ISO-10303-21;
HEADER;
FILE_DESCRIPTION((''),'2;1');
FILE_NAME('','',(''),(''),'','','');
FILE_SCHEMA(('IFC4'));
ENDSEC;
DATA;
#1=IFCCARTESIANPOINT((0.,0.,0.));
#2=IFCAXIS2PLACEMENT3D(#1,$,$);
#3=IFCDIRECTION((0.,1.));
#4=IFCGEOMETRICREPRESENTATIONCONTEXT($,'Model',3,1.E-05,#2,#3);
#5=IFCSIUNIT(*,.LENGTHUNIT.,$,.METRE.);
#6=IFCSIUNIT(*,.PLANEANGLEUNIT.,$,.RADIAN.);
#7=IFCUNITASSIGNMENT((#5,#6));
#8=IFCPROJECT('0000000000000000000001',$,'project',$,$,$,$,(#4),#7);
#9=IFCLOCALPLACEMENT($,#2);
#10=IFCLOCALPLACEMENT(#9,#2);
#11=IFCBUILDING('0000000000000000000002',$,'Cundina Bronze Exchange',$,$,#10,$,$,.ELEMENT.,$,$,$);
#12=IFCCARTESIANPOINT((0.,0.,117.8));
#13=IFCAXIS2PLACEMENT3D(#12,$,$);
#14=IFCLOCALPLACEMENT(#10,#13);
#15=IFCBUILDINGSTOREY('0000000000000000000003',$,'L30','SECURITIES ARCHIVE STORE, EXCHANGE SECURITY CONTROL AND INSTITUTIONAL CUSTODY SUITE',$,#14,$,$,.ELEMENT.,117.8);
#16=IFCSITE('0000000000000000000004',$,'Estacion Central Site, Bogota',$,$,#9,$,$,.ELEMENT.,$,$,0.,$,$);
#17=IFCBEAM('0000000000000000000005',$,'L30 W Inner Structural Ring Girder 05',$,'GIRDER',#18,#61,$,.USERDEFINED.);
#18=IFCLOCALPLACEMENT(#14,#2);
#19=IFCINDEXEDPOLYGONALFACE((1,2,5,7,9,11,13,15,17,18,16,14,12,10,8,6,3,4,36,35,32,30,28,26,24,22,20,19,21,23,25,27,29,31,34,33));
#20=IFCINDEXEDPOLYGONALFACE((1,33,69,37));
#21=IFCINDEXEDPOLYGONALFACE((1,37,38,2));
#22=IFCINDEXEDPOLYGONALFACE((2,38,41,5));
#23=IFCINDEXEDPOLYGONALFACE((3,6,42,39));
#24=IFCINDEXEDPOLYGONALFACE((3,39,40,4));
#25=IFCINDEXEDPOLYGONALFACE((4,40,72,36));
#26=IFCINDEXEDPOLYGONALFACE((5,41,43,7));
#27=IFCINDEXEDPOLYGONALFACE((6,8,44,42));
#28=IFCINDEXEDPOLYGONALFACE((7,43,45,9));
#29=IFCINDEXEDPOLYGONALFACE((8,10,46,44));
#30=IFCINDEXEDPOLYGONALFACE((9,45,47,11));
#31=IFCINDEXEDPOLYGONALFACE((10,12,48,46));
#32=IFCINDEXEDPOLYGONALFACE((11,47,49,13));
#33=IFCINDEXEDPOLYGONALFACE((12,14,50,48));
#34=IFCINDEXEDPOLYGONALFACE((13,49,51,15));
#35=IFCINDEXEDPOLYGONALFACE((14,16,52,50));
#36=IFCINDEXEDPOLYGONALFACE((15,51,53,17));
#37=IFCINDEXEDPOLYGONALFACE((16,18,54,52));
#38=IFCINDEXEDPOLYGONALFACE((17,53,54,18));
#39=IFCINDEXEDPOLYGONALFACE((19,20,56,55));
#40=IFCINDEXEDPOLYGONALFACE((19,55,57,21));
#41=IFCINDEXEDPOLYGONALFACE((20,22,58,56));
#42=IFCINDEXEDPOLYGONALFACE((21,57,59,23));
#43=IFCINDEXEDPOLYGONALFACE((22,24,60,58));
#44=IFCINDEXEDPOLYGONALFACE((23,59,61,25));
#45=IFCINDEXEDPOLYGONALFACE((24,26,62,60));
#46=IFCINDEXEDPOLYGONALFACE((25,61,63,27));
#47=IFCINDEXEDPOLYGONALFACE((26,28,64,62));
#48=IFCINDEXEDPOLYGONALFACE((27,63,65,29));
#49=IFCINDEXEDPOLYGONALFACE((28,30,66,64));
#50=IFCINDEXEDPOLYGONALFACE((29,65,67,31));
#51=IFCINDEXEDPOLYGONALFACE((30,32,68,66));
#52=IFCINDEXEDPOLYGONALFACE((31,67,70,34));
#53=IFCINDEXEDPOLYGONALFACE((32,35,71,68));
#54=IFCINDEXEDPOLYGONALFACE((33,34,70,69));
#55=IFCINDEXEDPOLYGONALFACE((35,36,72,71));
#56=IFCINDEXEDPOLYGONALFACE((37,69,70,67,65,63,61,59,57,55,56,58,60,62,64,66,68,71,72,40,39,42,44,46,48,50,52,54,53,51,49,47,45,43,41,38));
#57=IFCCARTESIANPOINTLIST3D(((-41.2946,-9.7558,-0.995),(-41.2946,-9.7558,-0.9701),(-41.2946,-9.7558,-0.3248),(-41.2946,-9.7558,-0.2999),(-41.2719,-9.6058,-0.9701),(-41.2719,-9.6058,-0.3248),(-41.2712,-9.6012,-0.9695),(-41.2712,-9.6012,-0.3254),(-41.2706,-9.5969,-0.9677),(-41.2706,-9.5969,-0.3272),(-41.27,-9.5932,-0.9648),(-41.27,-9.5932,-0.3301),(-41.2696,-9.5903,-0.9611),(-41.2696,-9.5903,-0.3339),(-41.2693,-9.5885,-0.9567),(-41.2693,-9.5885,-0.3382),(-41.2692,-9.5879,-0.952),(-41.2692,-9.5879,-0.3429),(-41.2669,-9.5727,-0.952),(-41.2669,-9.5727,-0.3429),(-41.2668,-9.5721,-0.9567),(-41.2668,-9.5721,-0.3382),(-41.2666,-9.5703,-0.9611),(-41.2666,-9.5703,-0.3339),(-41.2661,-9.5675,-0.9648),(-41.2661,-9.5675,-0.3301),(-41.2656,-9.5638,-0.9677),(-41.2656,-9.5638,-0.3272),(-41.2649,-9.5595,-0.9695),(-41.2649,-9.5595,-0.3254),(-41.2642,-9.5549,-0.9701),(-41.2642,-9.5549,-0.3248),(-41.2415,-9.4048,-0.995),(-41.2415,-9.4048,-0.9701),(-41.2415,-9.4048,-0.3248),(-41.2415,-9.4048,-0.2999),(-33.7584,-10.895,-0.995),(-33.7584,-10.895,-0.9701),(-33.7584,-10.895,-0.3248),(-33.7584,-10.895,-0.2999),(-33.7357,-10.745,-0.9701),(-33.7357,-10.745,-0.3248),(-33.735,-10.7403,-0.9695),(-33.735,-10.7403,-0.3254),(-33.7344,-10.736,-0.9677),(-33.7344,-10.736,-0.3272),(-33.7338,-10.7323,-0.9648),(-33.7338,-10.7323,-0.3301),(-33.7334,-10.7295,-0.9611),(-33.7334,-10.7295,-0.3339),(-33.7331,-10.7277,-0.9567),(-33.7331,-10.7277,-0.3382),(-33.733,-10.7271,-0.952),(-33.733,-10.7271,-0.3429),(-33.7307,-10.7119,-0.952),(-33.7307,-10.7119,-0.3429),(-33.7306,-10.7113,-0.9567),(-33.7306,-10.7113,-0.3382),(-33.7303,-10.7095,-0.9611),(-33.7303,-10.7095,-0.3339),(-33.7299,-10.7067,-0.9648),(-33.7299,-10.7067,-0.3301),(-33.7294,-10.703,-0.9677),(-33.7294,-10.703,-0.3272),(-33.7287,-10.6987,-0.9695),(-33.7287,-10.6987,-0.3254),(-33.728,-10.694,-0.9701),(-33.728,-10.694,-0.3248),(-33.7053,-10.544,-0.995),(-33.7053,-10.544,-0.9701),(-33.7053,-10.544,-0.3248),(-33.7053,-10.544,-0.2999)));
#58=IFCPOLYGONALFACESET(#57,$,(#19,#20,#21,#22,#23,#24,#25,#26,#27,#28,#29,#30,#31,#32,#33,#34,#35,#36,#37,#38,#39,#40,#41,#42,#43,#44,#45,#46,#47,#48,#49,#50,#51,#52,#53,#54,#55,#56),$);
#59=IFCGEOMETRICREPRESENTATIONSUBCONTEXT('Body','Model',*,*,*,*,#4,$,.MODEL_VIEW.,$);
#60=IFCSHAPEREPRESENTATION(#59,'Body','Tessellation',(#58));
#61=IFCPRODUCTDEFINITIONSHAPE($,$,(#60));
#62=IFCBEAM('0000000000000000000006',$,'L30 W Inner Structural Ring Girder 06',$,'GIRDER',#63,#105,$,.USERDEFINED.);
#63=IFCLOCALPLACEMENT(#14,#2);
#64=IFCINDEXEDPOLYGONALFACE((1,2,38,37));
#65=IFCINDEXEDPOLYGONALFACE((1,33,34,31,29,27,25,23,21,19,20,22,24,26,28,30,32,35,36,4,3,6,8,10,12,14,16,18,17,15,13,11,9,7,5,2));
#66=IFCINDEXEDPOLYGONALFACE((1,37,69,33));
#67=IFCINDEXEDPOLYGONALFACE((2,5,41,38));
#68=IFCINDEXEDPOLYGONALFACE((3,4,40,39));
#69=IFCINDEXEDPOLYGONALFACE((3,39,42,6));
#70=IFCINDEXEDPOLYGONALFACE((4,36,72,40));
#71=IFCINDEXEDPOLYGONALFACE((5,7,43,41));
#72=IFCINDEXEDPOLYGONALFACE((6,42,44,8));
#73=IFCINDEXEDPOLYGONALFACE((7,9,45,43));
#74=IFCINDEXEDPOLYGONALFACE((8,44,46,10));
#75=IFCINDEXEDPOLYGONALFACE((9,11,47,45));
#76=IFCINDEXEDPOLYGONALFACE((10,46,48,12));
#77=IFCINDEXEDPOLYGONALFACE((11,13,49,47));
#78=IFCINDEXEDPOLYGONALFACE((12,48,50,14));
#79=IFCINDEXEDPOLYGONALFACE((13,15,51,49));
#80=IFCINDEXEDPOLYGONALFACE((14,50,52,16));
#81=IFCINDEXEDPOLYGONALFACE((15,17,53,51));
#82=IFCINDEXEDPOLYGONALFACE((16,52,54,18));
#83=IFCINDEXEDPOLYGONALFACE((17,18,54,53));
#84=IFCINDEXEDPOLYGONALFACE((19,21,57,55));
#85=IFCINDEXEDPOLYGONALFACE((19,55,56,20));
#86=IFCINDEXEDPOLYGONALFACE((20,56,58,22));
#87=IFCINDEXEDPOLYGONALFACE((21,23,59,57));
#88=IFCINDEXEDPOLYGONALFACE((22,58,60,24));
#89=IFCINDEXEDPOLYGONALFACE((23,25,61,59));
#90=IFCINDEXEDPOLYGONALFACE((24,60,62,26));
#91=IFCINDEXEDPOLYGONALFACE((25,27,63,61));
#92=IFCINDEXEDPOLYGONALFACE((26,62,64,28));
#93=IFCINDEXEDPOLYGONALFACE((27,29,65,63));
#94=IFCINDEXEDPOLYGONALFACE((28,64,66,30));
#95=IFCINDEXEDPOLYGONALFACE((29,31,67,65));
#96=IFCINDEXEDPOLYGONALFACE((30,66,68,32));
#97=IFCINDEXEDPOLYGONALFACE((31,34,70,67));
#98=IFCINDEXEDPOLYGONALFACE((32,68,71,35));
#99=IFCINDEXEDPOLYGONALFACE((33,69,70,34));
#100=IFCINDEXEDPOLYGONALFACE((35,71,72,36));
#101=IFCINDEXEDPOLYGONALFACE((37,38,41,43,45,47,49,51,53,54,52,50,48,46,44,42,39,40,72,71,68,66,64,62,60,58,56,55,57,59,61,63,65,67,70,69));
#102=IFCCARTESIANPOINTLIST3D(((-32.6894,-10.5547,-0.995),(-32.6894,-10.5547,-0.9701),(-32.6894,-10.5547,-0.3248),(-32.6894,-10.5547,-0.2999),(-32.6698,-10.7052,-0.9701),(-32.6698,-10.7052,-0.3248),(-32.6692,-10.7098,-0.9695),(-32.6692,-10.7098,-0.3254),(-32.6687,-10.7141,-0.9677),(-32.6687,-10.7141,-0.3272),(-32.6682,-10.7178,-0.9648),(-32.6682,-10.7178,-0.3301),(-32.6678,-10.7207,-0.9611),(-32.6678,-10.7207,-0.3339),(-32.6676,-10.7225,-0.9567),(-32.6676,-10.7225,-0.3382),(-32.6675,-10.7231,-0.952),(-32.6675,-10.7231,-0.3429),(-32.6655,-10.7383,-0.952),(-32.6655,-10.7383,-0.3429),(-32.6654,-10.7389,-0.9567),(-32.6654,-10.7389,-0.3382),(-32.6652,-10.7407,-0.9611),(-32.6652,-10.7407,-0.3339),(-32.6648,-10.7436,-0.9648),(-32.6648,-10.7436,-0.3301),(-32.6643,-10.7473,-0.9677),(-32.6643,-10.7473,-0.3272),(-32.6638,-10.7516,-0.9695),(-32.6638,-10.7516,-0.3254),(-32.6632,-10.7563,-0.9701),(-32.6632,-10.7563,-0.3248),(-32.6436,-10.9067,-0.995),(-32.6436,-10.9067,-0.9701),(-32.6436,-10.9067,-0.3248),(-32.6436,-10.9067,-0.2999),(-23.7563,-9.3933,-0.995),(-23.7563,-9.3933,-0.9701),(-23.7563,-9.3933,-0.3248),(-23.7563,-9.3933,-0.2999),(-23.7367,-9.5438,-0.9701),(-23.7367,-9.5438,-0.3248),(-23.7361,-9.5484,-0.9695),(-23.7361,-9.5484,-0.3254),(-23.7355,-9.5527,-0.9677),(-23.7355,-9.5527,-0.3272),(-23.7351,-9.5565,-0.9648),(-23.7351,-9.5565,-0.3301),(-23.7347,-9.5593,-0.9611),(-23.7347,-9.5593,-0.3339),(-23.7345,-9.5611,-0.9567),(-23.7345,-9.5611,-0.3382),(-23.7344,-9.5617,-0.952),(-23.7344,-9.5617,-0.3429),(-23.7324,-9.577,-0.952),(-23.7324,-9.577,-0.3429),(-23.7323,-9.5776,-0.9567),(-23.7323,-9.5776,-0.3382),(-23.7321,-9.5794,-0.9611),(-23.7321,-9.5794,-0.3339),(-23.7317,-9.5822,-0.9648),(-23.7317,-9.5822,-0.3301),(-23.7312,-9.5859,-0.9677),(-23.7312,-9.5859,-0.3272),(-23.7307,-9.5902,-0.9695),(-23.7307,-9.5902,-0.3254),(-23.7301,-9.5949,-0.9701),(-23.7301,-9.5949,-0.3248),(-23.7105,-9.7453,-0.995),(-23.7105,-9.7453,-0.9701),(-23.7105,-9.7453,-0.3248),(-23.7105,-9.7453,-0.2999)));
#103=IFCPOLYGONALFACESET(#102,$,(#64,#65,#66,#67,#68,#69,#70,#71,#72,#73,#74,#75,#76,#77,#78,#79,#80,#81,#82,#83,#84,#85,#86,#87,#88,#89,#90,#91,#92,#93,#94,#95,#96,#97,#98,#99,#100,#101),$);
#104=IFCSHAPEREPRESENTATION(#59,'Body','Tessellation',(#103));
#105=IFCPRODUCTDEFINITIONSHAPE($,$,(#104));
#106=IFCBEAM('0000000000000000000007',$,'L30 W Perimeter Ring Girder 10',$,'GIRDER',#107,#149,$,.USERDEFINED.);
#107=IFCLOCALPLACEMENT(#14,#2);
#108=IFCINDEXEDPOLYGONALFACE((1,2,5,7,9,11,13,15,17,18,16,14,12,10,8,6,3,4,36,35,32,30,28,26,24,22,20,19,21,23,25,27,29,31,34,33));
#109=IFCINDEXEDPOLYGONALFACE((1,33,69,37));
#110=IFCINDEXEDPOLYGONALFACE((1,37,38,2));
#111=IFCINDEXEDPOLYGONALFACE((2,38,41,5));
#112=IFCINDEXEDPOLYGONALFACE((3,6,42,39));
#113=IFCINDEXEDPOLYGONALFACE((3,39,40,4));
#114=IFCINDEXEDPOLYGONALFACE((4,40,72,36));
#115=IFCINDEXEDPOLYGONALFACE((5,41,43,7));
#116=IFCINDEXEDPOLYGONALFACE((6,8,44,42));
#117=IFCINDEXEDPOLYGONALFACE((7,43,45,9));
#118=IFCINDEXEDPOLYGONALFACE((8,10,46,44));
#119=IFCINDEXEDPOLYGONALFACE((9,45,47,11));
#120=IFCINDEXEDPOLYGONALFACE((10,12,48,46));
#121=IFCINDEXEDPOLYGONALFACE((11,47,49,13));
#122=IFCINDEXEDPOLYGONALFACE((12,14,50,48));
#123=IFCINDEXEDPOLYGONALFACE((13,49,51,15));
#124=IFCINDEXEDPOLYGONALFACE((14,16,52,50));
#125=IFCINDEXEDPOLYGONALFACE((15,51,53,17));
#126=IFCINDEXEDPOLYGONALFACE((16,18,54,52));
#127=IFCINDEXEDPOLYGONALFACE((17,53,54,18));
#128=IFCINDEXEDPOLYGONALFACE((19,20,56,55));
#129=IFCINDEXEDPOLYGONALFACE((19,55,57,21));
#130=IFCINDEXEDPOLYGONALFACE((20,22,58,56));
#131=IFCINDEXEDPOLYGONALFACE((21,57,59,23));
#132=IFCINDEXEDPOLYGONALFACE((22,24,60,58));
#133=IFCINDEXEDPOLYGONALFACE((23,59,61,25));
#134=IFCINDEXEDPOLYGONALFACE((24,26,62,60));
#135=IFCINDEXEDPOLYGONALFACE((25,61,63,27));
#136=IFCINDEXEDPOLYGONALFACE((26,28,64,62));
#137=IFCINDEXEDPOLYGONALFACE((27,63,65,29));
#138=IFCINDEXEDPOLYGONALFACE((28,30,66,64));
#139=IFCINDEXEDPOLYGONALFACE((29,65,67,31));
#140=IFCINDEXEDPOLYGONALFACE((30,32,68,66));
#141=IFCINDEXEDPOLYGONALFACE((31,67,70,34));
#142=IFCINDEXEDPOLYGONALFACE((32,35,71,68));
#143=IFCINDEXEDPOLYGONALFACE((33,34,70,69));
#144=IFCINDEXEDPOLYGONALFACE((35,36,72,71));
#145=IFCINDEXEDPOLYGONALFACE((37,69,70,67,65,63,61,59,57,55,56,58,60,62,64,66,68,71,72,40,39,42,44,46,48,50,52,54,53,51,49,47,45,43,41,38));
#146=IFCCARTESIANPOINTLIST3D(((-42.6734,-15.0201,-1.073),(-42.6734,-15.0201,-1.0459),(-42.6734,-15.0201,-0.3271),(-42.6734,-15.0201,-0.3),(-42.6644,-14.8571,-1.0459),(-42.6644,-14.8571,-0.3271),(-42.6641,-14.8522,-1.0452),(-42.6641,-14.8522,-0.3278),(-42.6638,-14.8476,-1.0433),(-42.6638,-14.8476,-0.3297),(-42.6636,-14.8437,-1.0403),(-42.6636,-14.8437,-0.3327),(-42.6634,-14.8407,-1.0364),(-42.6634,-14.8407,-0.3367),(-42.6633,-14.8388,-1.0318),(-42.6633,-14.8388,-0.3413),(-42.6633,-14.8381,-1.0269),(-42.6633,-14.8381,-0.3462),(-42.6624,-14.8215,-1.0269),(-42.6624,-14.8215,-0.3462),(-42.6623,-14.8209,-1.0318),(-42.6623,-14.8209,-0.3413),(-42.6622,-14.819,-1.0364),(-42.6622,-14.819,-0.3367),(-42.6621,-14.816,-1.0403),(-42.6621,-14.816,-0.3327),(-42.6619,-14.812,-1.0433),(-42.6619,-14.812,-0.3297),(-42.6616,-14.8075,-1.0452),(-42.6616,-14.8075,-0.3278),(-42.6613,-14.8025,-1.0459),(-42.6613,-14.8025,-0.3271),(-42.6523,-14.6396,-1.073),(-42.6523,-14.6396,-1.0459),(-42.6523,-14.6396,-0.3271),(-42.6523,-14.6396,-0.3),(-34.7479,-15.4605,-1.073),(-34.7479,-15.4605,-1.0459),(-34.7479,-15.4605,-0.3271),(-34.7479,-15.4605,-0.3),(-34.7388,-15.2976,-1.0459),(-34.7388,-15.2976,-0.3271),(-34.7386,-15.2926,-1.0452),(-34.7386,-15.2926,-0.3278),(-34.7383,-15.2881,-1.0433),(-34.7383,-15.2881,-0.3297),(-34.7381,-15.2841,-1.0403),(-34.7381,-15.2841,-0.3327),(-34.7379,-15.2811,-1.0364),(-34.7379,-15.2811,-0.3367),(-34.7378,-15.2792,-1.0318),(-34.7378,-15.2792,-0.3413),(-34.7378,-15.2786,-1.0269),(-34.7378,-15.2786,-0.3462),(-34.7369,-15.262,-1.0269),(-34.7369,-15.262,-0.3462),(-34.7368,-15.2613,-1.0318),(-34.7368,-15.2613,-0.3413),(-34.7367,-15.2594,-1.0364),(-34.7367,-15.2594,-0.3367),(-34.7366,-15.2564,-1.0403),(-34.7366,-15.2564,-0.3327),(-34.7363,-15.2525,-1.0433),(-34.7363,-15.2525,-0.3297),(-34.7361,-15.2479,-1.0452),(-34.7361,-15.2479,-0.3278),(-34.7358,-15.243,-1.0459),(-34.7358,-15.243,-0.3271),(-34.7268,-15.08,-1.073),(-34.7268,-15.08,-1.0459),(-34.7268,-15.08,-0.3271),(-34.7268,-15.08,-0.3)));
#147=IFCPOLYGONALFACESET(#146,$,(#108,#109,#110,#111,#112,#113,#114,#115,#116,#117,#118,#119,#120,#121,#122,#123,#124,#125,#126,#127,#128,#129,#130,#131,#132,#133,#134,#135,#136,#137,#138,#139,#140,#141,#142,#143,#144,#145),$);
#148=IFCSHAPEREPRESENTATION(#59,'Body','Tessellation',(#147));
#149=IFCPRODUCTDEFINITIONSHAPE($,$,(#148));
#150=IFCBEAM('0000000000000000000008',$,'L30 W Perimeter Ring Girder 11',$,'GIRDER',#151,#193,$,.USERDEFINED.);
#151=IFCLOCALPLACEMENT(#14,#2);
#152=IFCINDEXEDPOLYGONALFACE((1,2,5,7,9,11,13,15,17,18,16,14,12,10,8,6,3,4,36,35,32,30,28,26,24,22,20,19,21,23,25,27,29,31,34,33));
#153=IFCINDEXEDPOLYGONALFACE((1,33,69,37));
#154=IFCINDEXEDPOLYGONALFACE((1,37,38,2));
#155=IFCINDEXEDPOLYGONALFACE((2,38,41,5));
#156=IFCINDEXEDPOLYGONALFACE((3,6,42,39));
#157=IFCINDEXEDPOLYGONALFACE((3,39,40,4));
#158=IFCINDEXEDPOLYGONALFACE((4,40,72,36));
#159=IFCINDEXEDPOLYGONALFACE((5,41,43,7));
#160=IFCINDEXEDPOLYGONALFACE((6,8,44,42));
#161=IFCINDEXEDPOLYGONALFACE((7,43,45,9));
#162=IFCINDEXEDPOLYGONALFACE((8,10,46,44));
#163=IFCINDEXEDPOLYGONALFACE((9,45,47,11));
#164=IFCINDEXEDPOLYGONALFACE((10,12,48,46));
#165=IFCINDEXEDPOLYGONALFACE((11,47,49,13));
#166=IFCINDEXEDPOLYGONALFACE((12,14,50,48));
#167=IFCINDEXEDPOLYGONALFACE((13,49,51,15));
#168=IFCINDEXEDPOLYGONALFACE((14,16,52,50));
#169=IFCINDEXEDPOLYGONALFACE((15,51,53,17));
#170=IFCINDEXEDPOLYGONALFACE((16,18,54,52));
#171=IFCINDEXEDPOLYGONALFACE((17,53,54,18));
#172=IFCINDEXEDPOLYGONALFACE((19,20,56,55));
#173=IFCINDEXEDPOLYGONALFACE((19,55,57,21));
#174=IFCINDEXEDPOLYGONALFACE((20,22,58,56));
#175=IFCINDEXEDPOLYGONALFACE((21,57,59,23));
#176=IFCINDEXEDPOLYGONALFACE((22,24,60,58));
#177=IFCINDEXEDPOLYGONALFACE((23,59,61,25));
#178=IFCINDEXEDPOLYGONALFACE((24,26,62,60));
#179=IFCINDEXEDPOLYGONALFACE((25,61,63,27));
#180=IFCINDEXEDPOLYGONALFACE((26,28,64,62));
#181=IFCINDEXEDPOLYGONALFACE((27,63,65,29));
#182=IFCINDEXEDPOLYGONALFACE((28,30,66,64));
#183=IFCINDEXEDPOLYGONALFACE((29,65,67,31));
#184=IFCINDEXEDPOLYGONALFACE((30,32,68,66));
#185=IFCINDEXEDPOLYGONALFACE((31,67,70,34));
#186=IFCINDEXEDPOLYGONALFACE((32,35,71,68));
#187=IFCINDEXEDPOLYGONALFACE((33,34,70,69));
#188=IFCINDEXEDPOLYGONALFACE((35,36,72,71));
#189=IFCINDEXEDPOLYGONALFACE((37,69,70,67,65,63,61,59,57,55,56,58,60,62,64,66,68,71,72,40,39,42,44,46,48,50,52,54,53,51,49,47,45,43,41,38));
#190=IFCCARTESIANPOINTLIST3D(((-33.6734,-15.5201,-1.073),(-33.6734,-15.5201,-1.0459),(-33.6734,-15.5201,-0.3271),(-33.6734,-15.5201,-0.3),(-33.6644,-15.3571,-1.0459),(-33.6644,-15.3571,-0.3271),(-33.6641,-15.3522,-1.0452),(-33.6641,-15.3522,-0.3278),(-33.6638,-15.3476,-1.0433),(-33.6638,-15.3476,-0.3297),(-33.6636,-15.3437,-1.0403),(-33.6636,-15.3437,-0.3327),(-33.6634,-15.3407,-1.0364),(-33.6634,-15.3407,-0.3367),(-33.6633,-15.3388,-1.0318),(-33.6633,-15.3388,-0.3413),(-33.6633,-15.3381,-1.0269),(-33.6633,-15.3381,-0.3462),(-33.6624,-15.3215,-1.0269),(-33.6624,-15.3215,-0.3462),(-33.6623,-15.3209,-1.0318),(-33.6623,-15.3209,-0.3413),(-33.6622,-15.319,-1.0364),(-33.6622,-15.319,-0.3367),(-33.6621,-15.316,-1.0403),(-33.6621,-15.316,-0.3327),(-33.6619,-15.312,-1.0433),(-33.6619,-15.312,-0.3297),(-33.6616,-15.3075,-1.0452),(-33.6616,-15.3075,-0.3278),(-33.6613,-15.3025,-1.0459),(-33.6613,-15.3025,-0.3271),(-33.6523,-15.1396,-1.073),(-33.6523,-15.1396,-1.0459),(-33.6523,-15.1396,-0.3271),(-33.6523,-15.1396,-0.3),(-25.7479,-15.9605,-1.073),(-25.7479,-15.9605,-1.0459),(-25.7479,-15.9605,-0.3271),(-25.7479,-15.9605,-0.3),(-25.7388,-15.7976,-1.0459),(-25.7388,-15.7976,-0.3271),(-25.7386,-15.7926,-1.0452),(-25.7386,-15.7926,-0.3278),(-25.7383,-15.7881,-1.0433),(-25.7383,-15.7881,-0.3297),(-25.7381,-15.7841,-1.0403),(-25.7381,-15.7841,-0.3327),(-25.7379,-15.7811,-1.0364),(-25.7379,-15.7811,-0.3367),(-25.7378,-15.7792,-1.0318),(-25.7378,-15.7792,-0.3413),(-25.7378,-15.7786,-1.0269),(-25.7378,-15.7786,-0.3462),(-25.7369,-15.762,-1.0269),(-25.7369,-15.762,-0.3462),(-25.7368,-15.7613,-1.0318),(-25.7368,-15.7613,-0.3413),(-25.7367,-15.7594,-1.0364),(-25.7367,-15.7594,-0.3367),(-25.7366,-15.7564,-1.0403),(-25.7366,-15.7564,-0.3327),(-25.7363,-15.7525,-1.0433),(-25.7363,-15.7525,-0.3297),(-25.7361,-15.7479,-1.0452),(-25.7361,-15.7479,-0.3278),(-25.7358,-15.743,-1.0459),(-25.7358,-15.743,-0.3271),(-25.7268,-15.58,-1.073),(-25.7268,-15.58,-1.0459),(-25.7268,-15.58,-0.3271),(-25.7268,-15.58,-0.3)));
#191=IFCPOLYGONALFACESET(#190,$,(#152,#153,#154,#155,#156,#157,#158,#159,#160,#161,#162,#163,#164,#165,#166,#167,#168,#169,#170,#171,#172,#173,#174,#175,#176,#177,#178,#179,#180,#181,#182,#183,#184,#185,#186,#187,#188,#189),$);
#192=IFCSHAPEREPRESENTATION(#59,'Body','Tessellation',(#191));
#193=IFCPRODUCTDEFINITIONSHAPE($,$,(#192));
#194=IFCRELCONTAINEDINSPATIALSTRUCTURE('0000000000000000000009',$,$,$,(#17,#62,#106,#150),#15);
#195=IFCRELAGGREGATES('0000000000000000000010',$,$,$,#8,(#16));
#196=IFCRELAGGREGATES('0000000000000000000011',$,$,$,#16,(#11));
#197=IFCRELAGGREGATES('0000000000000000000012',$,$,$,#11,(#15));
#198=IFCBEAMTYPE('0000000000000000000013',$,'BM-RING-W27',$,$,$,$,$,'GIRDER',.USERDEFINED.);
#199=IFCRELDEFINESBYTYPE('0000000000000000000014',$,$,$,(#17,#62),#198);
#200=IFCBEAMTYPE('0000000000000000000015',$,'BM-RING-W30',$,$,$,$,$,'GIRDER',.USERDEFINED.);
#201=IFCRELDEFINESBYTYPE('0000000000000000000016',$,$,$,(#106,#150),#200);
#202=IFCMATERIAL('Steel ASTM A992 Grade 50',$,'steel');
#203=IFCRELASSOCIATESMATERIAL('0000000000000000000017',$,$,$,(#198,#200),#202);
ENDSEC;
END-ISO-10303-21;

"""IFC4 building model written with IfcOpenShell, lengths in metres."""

from ifc_helpers import new_model, si_unit, direction, frame, origin, origin_2d, place, context, subcontext, project, spatial, i_section, extrude, material, material_profile, profile_set, type_object, element, save


model = new_model("IFC4")

# Units and contexts
model_context = context("Model", 3, precision=1e-05, world=origin(), true_north=direction((0.0, 1.0)))
body_context = subcontext(model_context, "Body", "Model", "MODEL_VIEW")
ifc_project = project(units=[si_unit("LENGTHUNIT", "METRE"), si_unit("PLANEANGLEUNIT", "RADIAN")], contexts=[model_context])

# Site, building, storey
site_placement = place(None, origin())
site = spatial("IfcSite", under=ifc_project, at=site_placement, Name="Estacion Central Site, Bogota", CompositionType="ELEMENT", RefElevation=0.0)
building_placement = place(site_placement, origin())
building = spatial("IfcBuilding", under=site, at=building_placement, Name="Cundina Bronze Exchange", CompositionType="ELEMENT")
storey_placement = place(building_placement, frame((0.0, 0.0, 117.8)))
storey = spatial("IfcBuildingStorey", under=building, at=storey_placement, Name="L30", Description="SECURITIES ARCHIVE STORE, EXCHANGE SECURITY CONTROL AND INSTITUTIONAL CUSTODY SUITE", CompositionType="ELEMENT", Elevation=117.8)

# Beams
ifc_material_1 = material(Name="Steel ASTM A992 Grade 50", Category="steel")
ifc_material_profile_1 = material_profile(ifc_material_1, i_section(OverallWidth=0.355, OverallDepth=0.6951, WebThickness=0.0154, FlangeThickness=0.0249, FilletRadius=0.0181, at=origin_2d()), Name="W27X146", Category="steel")
ifc_profile_set_1 = profile_set([ifc_material_profile_1], Name="Steel ASTM A992 Grade 50")
beam_type_1 = type_object("IfcBeamType", Name="BM-RING-W27", ElementType="GIRDER", PredefinedType="USERDEFINED", material=ifc_profile_set_1)
beam_1_placement = place(storey_placement, frame((-41.2681, -9.5803, -0.6475), z_axis=(0.988767, -0.149462, 0.0), x_axis=(0.149462, 0.988767, 0.0)))
element("IfcBeam", 1, at=beam_1_placement, inside=storey, type_object=beam_type_1, Name="L30 W Inner Structural Ring Girder 05", ObjectType="GIRDER", PredefinedType="USERDEFINED", context=body_context, shape_type="SweptSolid", body=[
    extrude(i_section(OverallWidth=0.355, OverallDepth=0.6951, WebThickness=0.0154, FlangeThickness=0.0249, FilletRadius=0.0181, at=origin_2d()), origin(), (0.0, 0.0, 1.0), 7.6218),
])
beam_2_placement = place(storey_placement, frame((-32.6665, -10.7307, -0.6475), z_axis=(0.991655, 0.128923, 0.0), x_axis=(-0.128923, 0.991655, 0.0)))
element("IfcBeam", 2, at=beam_2_placement, inside=storey, type_object=beam_type_1, Name="L30 W Inner Structural Ring Girder 06", ObjectType="GIRDER", PredefinedType="USERDEFINED", context=body_context, shape_type="SweptSolid", body=[
    extrude(i_section(OverallWidth=0.355, OverallDepth=0.6951, WebThickness=0.0154, FlangeThickness=0.0249, FilletRadius=0.0181, at=origin_2d()), origin(), (0.0, 0.0, 1.0), 9.0083),
])
ifc_material_profile_2 = material_profile(ifc_material_1, i_section(OverallWidth=0.3811, OverallDepth=0.7729, WebThickness=0.0166, FlangeThickness=0.0271, FilletRadius=0.019, at=origin_2d()), Name="W30X173", Category="steel")
ifc_profile_set_2 = profile_set([ifc_material_profile_2], Name="Steel ASTM A992 Grade 50")
beam_type_2 = type_object("IfcBeamType", Name="BM-RING-W30", ElementType="GIRDER", PredefinedType="USERDEFINED", material=ifc_profile_set_2)
for number, where, z_axis, x_axis, name in (
    (3, (-42.6628, -14.8298, -0.6865), (0.99846, -0.055485, 0.0), (0.055485, 0.99846, 0.0), "L30 W Perimeter Ring Girder 10"),
    (4, (-33.6628, -15.3298, -0.6865), (0.99846, -0.055485, 0.0), (0.055485, 0.99846, 0.0), "L30 W Perimeter Ring Girder 11"),
):
    element("IfcBeam", number, at=place(storey_placement, frame(where, z_axis=z_axis, x_axis=x_axis)), inside=storey, type_object=beam_type_2, Name=name, ObjectType="GIRDER", PredefinedType="USERDEFINED", context=body_context, shape_type="SweptSolid", body=[
        extrude(i_section(OverallWidth=0.3811, OverallDepth=0.7729, WebThickness=0.0166, FlangeThickness=0.0271, FilletRadius=0.019, at=origin_2d()), origin(), (0.0, 0.0, 1.0), 7.9377),
    ])

save(model, "model.ifc")
